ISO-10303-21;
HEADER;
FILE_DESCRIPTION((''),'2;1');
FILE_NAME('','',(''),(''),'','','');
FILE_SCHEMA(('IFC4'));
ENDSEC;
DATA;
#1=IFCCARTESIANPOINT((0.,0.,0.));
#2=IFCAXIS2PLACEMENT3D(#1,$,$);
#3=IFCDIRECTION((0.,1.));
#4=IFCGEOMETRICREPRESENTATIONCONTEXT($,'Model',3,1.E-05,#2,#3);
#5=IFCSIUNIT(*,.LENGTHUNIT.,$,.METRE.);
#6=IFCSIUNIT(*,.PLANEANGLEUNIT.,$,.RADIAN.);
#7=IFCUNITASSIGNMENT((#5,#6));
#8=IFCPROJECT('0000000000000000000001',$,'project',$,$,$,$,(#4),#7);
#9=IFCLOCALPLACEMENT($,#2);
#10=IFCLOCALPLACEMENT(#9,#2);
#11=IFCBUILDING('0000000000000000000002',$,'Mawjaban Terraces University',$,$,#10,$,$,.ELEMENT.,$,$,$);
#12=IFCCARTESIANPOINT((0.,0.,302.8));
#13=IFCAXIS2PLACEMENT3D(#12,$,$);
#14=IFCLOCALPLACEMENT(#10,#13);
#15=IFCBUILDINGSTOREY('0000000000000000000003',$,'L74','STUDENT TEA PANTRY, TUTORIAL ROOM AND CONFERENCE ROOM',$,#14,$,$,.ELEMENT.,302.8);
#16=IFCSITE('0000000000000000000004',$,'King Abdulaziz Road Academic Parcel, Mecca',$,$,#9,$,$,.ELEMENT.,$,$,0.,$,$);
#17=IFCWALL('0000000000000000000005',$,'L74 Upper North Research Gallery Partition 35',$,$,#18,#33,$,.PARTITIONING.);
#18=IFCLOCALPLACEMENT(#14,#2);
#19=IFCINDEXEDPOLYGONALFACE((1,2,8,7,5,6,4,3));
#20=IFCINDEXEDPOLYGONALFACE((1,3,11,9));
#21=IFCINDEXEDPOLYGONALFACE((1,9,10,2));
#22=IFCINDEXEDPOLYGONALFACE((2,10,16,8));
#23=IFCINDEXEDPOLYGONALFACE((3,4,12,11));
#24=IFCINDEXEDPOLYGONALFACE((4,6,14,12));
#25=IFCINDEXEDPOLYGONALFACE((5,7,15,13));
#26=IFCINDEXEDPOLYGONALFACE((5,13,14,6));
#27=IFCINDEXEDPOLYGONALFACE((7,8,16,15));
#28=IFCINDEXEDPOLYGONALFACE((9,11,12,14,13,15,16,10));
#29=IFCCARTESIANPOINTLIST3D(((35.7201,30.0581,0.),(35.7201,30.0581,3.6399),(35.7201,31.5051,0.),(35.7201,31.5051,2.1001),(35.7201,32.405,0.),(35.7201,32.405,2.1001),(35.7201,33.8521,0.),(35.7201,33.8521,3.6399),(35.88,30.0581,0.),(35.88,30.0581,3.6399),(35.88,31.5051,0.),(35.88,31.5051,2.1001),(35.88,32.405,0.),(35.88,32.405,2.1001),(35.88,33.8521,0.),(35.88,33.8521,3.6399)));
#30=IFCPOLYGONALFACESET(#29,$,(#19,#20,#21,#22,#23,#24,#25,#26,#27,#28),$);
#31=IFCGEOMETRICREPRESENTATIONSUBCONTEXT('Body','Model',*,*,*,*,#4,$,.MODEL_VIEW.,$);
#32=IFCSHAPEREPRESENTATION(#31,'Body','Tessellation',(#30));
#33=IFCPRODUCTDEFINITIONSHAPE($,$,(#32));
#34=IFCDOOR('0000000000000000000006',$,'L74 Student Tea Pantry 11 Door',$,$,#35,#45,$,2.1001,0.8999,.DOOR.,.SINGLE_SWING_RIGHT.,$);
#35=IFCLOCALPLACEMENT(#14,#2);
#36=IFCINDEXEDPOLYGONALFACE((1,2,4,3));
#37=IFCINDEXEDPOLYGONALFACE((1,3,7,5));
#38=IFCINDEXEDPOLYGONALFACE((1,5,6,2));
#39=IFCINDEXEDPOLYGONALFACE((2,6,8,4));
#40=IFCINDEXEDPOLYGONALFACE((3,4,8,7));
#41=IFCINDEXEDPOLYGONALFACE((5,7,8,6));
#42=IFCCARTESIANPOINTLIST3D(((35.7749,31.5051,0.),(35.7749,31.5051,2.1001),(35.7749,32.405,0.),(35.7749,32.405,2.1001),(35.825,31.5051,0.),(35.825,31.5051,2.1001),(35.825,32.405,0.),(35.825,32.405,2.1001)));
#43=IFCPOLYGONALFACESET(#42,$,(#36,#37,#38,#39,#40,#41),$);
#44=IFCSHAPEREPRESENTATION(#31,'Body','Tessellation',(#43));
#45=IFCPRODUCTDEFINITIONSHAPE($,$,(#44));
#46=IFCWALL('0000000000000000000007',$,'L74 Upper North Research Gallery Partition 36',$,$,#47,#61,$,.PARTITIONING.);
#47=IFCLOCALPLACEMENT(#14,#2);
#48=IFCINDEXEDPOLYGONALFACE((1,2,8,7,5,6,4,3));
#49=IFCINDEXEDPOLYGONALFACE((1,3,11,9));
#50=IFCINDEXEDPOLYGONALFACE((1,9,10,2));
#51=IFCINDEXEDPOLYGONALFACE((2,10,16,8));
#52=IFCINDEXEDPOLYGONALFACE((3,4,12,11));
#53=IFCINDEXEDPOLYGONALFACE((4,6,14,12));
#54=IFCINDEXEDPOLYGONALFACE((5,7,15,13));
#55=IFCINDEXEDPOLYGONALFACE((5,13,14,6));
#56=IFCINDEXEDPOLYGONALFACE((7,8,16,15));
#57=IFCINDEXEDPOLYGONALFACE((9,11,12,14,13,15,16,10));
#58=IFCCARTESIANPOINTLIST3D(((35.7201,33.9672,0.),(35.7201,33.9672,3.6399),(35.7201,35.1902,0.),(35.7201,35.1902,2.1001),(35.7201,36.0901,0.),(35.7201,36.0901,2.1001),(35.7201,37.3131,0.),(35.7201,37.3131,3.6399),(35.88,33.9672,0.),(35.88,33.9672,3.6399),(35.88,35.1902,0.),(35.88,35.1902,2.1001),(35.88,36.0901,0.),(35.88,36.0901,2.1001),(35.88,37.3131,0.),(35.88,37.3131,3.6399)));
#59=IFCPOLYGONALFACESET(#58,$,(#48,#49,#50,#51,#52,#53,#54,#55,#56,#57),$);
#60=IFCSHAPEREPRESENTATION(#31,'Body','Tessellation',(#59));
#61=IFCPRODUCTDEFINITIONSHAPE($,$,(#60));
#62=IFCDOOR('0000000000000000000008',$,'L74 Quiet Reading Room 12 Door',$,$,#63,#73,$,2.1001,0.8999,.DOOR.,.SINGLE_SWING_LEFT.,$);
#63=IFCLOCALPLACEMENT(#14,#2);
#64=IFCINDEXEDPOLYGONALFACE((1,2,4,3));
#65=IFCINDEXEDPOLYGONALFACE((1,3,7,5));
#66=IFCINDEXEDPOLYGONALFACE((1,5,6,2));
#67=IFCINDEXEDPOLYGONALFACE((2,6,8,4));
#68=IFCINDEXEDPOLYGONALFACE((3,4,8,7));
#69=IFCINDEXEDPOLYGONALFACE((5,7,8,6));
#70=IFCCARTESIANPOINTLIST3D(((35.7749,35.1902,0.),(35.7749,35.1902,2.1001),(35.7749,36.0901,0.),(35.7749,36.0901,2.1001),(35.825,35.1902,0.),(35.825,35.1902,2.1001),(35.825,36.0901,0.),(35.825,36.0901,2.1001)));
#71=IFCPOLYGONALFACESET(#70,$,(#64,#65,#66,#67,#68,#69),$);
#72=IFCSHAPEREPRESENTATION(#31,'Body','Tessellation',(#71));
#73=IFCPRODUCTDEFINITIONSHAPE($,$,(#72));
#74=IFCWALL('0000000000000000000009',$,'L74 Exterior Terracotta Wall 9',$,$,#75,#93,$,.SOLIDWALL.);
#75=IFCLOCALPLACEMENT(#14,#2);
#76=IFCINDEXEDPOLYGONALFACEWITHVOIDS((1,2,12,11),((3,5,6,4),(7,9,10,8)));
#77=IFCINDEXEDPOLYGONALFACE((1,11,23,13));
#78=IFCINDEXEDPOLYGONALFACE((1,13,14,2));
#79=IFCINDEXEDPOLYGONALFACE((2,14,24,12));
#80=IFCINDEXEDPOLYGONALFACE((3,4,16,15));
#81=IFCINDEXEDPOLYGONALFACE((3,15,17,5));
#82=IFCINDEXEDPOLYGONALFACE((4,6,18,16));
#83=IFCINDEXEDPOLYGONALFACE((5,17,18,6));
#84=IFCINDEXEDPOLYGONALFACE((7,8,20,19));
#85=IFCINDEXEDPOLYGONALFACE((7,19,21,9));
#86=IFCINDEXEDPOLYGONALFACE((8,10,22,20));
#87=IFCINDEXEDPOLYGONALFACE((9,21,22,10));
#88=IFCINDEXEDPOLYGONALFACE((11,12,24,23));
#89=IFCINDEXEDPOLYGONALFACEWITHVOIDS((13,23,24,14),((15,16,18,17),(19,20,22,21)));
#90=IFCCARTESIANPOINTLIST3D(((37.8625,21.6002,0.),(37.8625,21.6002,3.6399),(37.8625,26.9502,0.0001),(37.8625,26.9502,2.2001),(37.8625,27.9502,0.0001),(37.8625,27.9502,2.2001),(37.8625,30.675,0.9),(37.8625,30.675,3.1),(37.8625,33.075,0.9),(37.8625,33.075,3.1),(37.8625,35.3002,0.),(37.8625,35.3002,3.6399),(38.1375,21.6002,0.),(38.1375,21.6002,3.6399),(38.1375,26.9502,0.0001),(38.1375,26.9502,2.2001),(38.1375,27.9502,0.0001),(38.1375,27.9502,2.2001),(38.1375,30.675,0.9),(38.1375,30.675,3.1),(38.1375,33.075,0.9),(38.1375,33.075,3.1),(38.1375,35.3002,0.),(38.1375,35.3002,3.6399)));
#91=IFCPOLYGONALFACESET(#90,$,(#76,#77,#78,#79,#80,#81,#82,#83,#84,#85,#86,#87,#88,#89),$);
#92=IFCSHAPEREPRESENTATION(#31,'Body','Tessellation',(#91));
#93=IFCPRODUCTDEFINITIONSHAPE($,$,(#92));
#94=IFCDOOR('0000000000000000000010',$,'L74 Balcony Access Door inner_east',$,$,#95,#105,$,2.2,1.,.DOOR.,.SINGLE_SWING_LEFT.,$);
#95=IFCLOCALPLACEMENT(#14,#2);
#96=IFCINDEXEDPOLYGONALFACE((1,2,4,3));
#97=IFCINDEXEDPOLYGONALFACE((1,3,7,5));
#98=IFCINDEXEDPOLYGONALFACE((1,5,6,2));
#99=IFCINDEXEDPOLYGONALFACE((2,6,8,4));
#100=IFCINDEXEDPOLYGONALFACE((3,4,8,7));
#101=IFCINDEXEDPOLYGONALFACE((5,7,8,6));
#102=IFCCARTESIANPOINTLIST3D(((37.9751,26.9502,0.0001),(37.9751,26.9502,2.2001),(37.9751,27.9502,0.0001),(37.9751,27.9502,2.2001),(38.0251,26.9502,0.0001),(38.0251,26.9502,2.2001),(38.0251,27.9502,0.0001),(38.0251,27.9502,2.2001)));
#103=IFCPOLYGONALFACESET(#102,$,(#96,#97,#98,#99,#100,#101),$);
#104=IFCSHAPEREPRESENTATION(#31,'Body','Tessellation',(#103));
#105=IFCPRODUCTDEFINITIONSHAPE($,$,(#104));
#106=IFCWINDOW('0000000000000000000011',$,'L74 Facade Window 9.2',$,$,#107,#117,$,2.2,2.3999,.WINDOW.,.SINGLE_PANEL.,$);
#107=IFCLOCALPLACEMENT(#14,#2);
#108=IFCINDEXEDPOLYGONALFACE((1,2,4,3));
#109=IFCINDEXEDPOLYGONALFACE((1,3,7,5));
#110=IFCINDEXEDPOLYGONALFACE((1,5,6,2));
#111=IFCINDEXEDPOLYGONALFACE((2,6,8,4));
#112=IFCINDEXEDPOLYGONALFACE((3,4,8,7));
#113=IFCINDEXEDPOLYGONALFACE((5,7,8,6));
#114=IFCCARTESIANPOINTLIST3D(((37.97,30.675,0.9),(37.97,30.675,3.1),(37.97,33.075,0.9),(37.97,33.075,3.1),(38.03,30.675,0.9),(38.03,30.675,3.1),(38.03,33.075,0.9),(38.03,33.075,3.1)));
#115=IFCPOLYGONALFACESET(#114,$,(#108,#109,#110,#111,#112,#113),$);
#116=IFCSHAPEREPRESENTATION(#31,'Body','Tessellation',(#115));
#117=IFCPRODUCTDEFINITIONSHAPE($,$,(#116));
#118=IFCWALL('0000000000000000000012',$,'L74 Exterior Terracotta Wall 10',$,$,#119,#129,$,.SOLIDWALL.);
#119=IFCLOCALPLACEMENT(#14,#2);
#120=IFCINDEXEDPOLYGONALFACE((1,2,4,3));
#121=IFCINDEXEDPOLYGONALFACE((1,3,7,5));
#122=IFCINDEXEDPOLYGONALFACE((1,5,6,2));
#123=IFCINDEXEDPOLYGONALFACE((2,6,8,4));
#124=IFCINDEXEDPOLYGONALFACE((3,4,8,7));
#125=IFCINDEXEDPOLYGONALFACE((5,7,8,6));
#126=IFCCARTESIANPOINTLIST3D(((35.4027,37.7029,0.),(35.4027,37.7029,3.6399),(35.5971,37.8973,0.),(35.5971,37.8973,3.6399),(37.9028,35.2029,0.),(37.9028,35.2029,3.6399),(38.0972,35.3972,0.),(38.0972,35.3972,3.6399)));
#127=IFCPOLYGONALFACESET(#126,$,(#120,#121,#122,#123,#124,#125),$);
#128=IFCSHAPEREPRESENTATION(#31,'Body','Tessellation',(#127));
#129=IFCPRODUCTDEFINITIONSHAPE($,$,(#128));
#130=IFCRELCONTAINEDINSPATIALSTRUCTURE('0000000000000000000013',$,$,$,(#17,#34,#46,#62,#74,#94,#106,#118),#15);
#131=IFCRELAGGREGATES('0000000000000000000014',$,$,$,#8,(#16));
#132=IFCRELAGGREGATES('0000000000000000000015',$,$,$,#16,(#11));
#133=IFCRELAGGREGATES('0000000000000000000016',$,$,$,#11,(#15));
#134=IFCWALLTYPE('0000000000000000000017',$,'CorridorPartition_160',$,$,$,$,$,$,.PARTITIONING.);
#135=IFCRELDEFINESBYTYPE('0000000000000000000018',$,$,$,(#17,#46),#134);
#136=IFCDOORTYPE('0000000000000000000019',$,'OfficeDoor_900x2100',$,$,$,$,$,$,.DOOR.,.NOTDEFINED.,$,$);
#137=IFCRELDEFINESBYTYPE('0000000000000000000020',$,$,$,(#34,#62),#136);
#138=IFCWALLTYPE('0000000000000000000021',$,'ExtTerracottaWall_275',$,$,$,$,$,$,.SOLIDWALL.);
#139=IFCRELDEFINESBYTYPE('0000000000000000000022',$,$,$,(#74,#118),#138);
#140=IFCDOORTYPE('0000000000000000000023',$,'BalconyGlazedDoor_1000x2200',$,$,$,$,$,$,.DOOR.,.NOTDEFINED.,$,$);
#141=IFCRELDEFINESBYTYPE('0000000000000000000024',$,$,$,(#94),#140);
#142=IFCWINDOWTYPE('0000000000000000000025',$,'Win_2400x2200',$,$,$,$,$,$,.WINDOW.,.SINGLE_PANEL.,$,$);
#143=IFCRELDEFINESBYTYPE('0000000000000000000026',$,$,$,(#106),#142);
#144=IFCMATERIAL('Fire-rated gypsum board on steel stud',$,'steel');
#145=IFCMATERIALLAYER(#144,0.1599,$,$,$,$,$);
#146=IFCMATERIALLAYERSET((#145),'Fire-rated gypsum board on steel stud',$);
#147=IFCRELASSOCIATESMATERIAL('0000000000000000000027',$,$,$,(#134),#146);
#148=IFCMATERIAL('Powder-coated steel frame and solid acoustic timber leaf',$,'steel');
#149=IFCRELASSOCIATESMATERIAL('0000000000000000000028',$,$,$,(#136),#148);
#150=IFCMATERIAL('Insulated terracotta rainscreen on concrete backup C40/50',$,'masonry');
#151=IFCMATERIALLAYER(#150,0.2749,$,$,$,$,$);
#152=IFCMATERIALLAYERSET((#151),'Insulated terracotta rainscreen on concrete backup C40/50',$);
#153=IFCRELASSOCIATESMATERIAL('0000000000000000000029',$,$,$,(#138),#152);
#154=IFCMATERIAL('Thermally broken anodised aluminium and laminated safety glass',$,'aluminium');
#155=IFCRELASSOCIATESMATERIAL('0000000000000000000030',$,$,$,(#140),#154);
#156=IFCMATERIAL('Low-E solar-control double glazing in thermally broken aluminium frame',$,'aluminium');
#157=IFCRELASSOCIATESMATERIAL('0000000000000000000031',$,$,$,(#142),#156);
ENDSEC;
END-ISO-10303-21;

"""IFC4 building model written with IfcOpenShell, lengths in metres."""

from ifc_helpers import new_model, si_unit, direction, frame, frame_2d, origin, place, context, subcontext, project, spatial, rectangle, extrude, material, layer, layer_set, type_object, element, fill, save


model = new_model("IFC4")

# Units and contexts
model_context = context("Model", 3, precision=1e-05, world=origin(), true_north=direction((0.0, 1.0)))
body_context = subcontext(model_context, "Body", "Model", "MODEL_VIEW")
ifc_project = project(units=[si_unit("LENGTHUNIT", "METRE"), si_unit("PLANEANGLEUNIT", "RADIAN")], contexts=[model_context])

# Site, building, storey
site_placement = place(None, origin())
site = spatial("IfcSite", under=ifc_project, at=site_placement, Name="King Abdulaziz Road Academic Parcel, Mecca", CompositionType="ELEMENT", RefElevation=0.0)
building_placement = place(site_placement, origin())
building = spatial("IfcBuilding", under=site, at=building_placement, Name="Mawjaban Terraces University", CompositionType="ELEMENT")
storey_placement = place(building_placement, frame((0.0, 0.0, 302.8)))
storey = spatial("IfcBuildingStorey", under=building, at=storey_placement, Name="L74", Description="STUDENT TEA PANTRY, TUTORIAL ROOM AND CONFERENCE ROOM", CompositionType="ELEMENT", Elevation=302.8)

# Shared definitions
ifc_material_1 = material(Name="Fire-rated gypsum board on steel stud", Category="steel")
ifc_layer_1 = layer(ifc_material_1, 0.1599)
ifc_layer_set_1 = layer_set([ifc_layer_1], Name="Fire-rated gypsum board on steel stud")
wall_type_1 = type_object("IfcWallType", Name="CorridorPartition_160", PredefinedType="PARTITIONING", material=ifc_layer_set_1)
ifc_material_2 = material(Name="Powder-coated steel frame and solid acoustic timber leaf", Category="steel")
door_type_1 = type_object("IfcDoorType", Name="OfficeDoor_900x2100", OperationType="NOTDEFINED", PredefinedType="DOOR", material=ifc_material_2)

# Walls, openings, doors
wall_1_placement = place(storey_placement, frame((35.8, 33.8521, 0.0), z_axis=(0.0, 0.0, 1.0), x_axis=(0.0, -1.0, 0.0)))
wall_1 = element("IfcWall", 1, at=wall_1_placement, inside=storey, type_object=wall_type_1, Name="L74 Upper North Research Gallery Partition 35", PredefinedType="PARTITIONING", context=body_context, shape_type="SweptSolid", body=[
    extrude(rectangle(XDim=3.7939, YDim=0.1599, at=frame_2d((1.897, 0.0))), origin(), (0.0, 0.0, 1.0), 3.6399),
])
opening_1_placement = place(wall_1_placement, frame((1.447, 0.0, 0.0)))
opening_1 = element("IfcOpeningElement", 2, at=opening_1_placement, cuts=wall_1, PredefinedType="OPENING", context=body_context, shape_type="SweptSolid", body=[
    extrude(rectangle(XDim=0.8999, YDim=2.1001, at=frame_2d((0.45, 1.05))), frame((0.0, 0.0898, 0.0), z_axis=(0.0, -1.0, 0.0), x_axis=(1.0, 0.0, 0.0)), (0.0, 0.0, 1.0), 0.1799),
])
door_1_placement = place(opening_1_placement, origin())
door_1 = element("IfcDoor", 3, at=door_1_placement, inside=storey, type_object=door_type_1, Name="L74 Student Tea Pantry 11 Door", OperationType="SINGLE_SWING_RIGHT", OverallHeight=2.1001, OverallWidth=0.8999, PredefinedType="DOOR", context=body_context, shape_type="SweptSolid", body=[
    extrude(rectangle(XDim=0.8999, YDim=2.1001, at=frame_2d((0.45, 1.05))), frame((0.0, 0.0249, 0.0), z_axis=(0.0, -1.0, 0.0), x_axis=(1.0, 0.0, 0.0)), (0.0, 0.0, 1.0), 0.05),
])
fill(opening_1, door_1)
wall_2_placement = place(storey_placement, frame((35.8, 37.313, 0.0), z_axis=(0.0, 0.0, 1.0), x_axis=(0.0, -1.0, 0.0)))
wall_2 = element("IfcWall", 4, at=wall_2_placement, inside=storey, type_object=wall_type_1, Name="L74 Upper North Research Gallery Partition 36", PredefinedType="PARTITIONING", context=body_context, shape_type="SweptSolid", body=[
    extrude(rectangle(XDim=3.3459, YDim=0.1599, at=frame_2d((1.6729, 0.0))), origin(), (0.0, 0.0, 1.0), 3.6399),
])
opening_2_placement = place(wall_2_placement, frame((1.2229, 0.0, 0.0)))
opening_2 = element("IfcOpeningElement", 5, at=opening_2_placement, cuts=wall_2, PredefinedType="OPENING", context=body_context, shape_type="SweptSolid", body=[
    extrude(rectangle(XDim=0.8999, YDim=2.1001, at=frame_2d((0.45, 1.05))), frame((0.0, 0.0898, 0.0), z_axis=(0.0, -1.0, 0.0), x_axis=(1.0, 0.0, 0.0)), (0.0, 0.0, 1.0), 0.1799),
])
door_2_placement = place(opening_2_placement, origin())
door_2 = element("IfcDoor", 6, at=door_2_placement, inside=storey, type_object=door_type_1, Name="L74 Quiet Reading Room 12 Door", OperationType="SINGLE_SWING_LEFT", OverallHeight=2.1001, OverallWidth=0.8999, PredefinedType="DOOR", context=body_context, shape_type="SweptSolid", body=[
    extrude(rectangle(XDim=0.8999, YDim=2.1001, at=frame_2d((0.45, 1.05))), frame((0.0, 0.0249, 0.0), z_axis=(0.0, -1.0, 0.0), x_axis=(1.0, 0.0, 0.0)), (0.0, 0.0, 1.0), 0.05),
])
fill(opening_2, door_2)

# Wall, openings, door, window
ifc_material_3 = material(Name="Insulated terracotta rainscreen on concrete backup C40/50", Category="masonry")
ifc_layer_2 = layer(ifc_material_3, 0.2749)
ifc_layer_set_2 = layer_set([ifc_layer_2], Name="Insulated terracotta rainscreen on concrete backup C40/50")
wall_type_2 = type_object("IfcWallType", Name="ExtTerracottaWall_275", PredefinedType="SOLIDWALL", material=ifc_layer_set_2)
wall_3_placement = place(storey_placement, frame((38.0, 21.6001, 0.0), z_axis=(0.0, 0.0, 1.0), x_axis=(0.0, 1.0, 0.0)))
wall_3 = element("IfcWall", 7, at=wall_3_placement, inside=storey, type_object=wall_type_2, Name="L74 Exterior Terracotta Wall 9", PredefinedType="SOLIDWALL", context=body_context, shape_type="SweptSolid", body=[
    extrude(rectangle(XDim=13.7, YDim=0.2749, at=frame_2d((6.8501, 0.0))), origin(), (0.0, 0.0, 1.0), 3.6399),
])
opening_3_placement = place(wall_3_placement, frame((5.3501, 0.0, 0.0)))
opening_3 = element("IfcOpeningElement", 8, at=opening_3_placement, cuts=wall_3, PredefinedType="OPENING", context=body_context, shape_type="SweptSolid", body=[
    extrude(rectangle(XDim=1.0, YDim=2.2, at=frame_2d((0.5, 1.1001))), frame((0.0, 0.1475, 0.0), z_axis=(0.0, -1.0, 0.0), x_axis=(1.0, 0.0, 0.0)), (0.0, 0.0, 1.0), 0.2949),
])
opening_4_placement = place(wall_3_placement, frame((9.075, 0.0, 0.8999)))
opening_4 = element("IfcOpeningElement", 9, at=opening_4_placement, cuts=wall_3, PredefinedType="OPENING", context=body_context, shape_type="SweptSolid", body=[
    extrude(rectangle(XDim=2.3999, YDim=2.2, at=frame_2d((1.2, 1.1001))), frame((0.0, 0.1475, 0.0), z_axis=(0.0, -1.0, 0.0), x_axis=(1.0, 0.0, 0.0)), (0.0, 0.0, 1.0), 0.2949),
])
ifc_material_4 = material(Name="Thermally broken anodised aluminium and laminated safety glass", Category="aluminium")
door_type_2 = type_object("IfcDoorType", Name="BalconyGlazedDoor_1000x2200", OperationType="NOTDEFINED", PredefinedType="DOOR", material=ifc_material_4)
door_3_placement = place(opening_3_placement, origin())
door_3 = element("IfcDoor", 10, at=door_3_placement, inside=storey, type_object=door_type_2, Name="L74 Balcony Access Door inner_east", OperationType="SINGLE_SWING_LEFT", OverallHeight=2.2, OverallWidth=1.0, PredefinedType="DOOR", context=body_context, shape_type="SweptSolid", body=[
    extrude(rectangle(XDim=1.0, YDim=2.2, at=frame_2d((0.5, 1.1001))), frame((0.0, 0.0249, 0.0), z_axis=(0.0, -1.0, 0.0), x_axis=(1.0, 0.0, 0.0)), (0.0, 0.0, 1.0), 0.05),
])
fill(opening_3, door_3)
ifc_material_5 = material(Name="Low-E solar-control double glazing in thermally broken aluminium frame", Category="aluminium")
window_type_1 = type_object("IfcWindowType", Name="Win_2400x2200", PartitioningType="SINGLE_PANEL", PredefinedType="WINDOW", material=ifc_material_5)
window_1_placement = place(opening_4_placement, origin())
window_1 = element("IfcWindow", 11, at=window_1_placement, inside=storey, type_object=window_type_1, Name="L74 Facade Window 9.2", OverallHeight=2.2, OverallWidth=2.3999, PartitioningType="SINGLE_PANEL", PredefinedType="WINDOW", context=body_context, shape_type="SweptSolid", body=[
    extrude(rectangle(XDim=2.3999, YDim=2.2, at=frame_2d((1.2, 1.1001))), frame((0.0, 0.03, 0.0), z_axis=(0.0, -1.0, 0.0), x_axis=(1.0, 0.0, 0.0)), (0.0, 0.0, 1.0), 0.0601),
])
fill(opening_4, window_1)

# Wall
wall_4_placement = place(storey_placement, frame((38.0, 35.3, 0.0), z_axis=(0.0, 0.0, 1.0), x_axis=(-0.707107, 0.707107, 0.0)))
element("IfcWall", 12, at=wall_4_placement, inside=storey, type_object=wall_type_2, Name="L74 Exterior Terracotta Wall 10", PredefinedType="SOLIDWALL", context=body_context, shape_type="SweptSolid", body=[
    extrude(rectangle(XDim=3.5356, YDim=0.2749, at=frame_2d((1.7678, 0.0))), origin(), (0.0, 0.0, 1.0), 3.6399),
])

save(model, "model.ifc")
